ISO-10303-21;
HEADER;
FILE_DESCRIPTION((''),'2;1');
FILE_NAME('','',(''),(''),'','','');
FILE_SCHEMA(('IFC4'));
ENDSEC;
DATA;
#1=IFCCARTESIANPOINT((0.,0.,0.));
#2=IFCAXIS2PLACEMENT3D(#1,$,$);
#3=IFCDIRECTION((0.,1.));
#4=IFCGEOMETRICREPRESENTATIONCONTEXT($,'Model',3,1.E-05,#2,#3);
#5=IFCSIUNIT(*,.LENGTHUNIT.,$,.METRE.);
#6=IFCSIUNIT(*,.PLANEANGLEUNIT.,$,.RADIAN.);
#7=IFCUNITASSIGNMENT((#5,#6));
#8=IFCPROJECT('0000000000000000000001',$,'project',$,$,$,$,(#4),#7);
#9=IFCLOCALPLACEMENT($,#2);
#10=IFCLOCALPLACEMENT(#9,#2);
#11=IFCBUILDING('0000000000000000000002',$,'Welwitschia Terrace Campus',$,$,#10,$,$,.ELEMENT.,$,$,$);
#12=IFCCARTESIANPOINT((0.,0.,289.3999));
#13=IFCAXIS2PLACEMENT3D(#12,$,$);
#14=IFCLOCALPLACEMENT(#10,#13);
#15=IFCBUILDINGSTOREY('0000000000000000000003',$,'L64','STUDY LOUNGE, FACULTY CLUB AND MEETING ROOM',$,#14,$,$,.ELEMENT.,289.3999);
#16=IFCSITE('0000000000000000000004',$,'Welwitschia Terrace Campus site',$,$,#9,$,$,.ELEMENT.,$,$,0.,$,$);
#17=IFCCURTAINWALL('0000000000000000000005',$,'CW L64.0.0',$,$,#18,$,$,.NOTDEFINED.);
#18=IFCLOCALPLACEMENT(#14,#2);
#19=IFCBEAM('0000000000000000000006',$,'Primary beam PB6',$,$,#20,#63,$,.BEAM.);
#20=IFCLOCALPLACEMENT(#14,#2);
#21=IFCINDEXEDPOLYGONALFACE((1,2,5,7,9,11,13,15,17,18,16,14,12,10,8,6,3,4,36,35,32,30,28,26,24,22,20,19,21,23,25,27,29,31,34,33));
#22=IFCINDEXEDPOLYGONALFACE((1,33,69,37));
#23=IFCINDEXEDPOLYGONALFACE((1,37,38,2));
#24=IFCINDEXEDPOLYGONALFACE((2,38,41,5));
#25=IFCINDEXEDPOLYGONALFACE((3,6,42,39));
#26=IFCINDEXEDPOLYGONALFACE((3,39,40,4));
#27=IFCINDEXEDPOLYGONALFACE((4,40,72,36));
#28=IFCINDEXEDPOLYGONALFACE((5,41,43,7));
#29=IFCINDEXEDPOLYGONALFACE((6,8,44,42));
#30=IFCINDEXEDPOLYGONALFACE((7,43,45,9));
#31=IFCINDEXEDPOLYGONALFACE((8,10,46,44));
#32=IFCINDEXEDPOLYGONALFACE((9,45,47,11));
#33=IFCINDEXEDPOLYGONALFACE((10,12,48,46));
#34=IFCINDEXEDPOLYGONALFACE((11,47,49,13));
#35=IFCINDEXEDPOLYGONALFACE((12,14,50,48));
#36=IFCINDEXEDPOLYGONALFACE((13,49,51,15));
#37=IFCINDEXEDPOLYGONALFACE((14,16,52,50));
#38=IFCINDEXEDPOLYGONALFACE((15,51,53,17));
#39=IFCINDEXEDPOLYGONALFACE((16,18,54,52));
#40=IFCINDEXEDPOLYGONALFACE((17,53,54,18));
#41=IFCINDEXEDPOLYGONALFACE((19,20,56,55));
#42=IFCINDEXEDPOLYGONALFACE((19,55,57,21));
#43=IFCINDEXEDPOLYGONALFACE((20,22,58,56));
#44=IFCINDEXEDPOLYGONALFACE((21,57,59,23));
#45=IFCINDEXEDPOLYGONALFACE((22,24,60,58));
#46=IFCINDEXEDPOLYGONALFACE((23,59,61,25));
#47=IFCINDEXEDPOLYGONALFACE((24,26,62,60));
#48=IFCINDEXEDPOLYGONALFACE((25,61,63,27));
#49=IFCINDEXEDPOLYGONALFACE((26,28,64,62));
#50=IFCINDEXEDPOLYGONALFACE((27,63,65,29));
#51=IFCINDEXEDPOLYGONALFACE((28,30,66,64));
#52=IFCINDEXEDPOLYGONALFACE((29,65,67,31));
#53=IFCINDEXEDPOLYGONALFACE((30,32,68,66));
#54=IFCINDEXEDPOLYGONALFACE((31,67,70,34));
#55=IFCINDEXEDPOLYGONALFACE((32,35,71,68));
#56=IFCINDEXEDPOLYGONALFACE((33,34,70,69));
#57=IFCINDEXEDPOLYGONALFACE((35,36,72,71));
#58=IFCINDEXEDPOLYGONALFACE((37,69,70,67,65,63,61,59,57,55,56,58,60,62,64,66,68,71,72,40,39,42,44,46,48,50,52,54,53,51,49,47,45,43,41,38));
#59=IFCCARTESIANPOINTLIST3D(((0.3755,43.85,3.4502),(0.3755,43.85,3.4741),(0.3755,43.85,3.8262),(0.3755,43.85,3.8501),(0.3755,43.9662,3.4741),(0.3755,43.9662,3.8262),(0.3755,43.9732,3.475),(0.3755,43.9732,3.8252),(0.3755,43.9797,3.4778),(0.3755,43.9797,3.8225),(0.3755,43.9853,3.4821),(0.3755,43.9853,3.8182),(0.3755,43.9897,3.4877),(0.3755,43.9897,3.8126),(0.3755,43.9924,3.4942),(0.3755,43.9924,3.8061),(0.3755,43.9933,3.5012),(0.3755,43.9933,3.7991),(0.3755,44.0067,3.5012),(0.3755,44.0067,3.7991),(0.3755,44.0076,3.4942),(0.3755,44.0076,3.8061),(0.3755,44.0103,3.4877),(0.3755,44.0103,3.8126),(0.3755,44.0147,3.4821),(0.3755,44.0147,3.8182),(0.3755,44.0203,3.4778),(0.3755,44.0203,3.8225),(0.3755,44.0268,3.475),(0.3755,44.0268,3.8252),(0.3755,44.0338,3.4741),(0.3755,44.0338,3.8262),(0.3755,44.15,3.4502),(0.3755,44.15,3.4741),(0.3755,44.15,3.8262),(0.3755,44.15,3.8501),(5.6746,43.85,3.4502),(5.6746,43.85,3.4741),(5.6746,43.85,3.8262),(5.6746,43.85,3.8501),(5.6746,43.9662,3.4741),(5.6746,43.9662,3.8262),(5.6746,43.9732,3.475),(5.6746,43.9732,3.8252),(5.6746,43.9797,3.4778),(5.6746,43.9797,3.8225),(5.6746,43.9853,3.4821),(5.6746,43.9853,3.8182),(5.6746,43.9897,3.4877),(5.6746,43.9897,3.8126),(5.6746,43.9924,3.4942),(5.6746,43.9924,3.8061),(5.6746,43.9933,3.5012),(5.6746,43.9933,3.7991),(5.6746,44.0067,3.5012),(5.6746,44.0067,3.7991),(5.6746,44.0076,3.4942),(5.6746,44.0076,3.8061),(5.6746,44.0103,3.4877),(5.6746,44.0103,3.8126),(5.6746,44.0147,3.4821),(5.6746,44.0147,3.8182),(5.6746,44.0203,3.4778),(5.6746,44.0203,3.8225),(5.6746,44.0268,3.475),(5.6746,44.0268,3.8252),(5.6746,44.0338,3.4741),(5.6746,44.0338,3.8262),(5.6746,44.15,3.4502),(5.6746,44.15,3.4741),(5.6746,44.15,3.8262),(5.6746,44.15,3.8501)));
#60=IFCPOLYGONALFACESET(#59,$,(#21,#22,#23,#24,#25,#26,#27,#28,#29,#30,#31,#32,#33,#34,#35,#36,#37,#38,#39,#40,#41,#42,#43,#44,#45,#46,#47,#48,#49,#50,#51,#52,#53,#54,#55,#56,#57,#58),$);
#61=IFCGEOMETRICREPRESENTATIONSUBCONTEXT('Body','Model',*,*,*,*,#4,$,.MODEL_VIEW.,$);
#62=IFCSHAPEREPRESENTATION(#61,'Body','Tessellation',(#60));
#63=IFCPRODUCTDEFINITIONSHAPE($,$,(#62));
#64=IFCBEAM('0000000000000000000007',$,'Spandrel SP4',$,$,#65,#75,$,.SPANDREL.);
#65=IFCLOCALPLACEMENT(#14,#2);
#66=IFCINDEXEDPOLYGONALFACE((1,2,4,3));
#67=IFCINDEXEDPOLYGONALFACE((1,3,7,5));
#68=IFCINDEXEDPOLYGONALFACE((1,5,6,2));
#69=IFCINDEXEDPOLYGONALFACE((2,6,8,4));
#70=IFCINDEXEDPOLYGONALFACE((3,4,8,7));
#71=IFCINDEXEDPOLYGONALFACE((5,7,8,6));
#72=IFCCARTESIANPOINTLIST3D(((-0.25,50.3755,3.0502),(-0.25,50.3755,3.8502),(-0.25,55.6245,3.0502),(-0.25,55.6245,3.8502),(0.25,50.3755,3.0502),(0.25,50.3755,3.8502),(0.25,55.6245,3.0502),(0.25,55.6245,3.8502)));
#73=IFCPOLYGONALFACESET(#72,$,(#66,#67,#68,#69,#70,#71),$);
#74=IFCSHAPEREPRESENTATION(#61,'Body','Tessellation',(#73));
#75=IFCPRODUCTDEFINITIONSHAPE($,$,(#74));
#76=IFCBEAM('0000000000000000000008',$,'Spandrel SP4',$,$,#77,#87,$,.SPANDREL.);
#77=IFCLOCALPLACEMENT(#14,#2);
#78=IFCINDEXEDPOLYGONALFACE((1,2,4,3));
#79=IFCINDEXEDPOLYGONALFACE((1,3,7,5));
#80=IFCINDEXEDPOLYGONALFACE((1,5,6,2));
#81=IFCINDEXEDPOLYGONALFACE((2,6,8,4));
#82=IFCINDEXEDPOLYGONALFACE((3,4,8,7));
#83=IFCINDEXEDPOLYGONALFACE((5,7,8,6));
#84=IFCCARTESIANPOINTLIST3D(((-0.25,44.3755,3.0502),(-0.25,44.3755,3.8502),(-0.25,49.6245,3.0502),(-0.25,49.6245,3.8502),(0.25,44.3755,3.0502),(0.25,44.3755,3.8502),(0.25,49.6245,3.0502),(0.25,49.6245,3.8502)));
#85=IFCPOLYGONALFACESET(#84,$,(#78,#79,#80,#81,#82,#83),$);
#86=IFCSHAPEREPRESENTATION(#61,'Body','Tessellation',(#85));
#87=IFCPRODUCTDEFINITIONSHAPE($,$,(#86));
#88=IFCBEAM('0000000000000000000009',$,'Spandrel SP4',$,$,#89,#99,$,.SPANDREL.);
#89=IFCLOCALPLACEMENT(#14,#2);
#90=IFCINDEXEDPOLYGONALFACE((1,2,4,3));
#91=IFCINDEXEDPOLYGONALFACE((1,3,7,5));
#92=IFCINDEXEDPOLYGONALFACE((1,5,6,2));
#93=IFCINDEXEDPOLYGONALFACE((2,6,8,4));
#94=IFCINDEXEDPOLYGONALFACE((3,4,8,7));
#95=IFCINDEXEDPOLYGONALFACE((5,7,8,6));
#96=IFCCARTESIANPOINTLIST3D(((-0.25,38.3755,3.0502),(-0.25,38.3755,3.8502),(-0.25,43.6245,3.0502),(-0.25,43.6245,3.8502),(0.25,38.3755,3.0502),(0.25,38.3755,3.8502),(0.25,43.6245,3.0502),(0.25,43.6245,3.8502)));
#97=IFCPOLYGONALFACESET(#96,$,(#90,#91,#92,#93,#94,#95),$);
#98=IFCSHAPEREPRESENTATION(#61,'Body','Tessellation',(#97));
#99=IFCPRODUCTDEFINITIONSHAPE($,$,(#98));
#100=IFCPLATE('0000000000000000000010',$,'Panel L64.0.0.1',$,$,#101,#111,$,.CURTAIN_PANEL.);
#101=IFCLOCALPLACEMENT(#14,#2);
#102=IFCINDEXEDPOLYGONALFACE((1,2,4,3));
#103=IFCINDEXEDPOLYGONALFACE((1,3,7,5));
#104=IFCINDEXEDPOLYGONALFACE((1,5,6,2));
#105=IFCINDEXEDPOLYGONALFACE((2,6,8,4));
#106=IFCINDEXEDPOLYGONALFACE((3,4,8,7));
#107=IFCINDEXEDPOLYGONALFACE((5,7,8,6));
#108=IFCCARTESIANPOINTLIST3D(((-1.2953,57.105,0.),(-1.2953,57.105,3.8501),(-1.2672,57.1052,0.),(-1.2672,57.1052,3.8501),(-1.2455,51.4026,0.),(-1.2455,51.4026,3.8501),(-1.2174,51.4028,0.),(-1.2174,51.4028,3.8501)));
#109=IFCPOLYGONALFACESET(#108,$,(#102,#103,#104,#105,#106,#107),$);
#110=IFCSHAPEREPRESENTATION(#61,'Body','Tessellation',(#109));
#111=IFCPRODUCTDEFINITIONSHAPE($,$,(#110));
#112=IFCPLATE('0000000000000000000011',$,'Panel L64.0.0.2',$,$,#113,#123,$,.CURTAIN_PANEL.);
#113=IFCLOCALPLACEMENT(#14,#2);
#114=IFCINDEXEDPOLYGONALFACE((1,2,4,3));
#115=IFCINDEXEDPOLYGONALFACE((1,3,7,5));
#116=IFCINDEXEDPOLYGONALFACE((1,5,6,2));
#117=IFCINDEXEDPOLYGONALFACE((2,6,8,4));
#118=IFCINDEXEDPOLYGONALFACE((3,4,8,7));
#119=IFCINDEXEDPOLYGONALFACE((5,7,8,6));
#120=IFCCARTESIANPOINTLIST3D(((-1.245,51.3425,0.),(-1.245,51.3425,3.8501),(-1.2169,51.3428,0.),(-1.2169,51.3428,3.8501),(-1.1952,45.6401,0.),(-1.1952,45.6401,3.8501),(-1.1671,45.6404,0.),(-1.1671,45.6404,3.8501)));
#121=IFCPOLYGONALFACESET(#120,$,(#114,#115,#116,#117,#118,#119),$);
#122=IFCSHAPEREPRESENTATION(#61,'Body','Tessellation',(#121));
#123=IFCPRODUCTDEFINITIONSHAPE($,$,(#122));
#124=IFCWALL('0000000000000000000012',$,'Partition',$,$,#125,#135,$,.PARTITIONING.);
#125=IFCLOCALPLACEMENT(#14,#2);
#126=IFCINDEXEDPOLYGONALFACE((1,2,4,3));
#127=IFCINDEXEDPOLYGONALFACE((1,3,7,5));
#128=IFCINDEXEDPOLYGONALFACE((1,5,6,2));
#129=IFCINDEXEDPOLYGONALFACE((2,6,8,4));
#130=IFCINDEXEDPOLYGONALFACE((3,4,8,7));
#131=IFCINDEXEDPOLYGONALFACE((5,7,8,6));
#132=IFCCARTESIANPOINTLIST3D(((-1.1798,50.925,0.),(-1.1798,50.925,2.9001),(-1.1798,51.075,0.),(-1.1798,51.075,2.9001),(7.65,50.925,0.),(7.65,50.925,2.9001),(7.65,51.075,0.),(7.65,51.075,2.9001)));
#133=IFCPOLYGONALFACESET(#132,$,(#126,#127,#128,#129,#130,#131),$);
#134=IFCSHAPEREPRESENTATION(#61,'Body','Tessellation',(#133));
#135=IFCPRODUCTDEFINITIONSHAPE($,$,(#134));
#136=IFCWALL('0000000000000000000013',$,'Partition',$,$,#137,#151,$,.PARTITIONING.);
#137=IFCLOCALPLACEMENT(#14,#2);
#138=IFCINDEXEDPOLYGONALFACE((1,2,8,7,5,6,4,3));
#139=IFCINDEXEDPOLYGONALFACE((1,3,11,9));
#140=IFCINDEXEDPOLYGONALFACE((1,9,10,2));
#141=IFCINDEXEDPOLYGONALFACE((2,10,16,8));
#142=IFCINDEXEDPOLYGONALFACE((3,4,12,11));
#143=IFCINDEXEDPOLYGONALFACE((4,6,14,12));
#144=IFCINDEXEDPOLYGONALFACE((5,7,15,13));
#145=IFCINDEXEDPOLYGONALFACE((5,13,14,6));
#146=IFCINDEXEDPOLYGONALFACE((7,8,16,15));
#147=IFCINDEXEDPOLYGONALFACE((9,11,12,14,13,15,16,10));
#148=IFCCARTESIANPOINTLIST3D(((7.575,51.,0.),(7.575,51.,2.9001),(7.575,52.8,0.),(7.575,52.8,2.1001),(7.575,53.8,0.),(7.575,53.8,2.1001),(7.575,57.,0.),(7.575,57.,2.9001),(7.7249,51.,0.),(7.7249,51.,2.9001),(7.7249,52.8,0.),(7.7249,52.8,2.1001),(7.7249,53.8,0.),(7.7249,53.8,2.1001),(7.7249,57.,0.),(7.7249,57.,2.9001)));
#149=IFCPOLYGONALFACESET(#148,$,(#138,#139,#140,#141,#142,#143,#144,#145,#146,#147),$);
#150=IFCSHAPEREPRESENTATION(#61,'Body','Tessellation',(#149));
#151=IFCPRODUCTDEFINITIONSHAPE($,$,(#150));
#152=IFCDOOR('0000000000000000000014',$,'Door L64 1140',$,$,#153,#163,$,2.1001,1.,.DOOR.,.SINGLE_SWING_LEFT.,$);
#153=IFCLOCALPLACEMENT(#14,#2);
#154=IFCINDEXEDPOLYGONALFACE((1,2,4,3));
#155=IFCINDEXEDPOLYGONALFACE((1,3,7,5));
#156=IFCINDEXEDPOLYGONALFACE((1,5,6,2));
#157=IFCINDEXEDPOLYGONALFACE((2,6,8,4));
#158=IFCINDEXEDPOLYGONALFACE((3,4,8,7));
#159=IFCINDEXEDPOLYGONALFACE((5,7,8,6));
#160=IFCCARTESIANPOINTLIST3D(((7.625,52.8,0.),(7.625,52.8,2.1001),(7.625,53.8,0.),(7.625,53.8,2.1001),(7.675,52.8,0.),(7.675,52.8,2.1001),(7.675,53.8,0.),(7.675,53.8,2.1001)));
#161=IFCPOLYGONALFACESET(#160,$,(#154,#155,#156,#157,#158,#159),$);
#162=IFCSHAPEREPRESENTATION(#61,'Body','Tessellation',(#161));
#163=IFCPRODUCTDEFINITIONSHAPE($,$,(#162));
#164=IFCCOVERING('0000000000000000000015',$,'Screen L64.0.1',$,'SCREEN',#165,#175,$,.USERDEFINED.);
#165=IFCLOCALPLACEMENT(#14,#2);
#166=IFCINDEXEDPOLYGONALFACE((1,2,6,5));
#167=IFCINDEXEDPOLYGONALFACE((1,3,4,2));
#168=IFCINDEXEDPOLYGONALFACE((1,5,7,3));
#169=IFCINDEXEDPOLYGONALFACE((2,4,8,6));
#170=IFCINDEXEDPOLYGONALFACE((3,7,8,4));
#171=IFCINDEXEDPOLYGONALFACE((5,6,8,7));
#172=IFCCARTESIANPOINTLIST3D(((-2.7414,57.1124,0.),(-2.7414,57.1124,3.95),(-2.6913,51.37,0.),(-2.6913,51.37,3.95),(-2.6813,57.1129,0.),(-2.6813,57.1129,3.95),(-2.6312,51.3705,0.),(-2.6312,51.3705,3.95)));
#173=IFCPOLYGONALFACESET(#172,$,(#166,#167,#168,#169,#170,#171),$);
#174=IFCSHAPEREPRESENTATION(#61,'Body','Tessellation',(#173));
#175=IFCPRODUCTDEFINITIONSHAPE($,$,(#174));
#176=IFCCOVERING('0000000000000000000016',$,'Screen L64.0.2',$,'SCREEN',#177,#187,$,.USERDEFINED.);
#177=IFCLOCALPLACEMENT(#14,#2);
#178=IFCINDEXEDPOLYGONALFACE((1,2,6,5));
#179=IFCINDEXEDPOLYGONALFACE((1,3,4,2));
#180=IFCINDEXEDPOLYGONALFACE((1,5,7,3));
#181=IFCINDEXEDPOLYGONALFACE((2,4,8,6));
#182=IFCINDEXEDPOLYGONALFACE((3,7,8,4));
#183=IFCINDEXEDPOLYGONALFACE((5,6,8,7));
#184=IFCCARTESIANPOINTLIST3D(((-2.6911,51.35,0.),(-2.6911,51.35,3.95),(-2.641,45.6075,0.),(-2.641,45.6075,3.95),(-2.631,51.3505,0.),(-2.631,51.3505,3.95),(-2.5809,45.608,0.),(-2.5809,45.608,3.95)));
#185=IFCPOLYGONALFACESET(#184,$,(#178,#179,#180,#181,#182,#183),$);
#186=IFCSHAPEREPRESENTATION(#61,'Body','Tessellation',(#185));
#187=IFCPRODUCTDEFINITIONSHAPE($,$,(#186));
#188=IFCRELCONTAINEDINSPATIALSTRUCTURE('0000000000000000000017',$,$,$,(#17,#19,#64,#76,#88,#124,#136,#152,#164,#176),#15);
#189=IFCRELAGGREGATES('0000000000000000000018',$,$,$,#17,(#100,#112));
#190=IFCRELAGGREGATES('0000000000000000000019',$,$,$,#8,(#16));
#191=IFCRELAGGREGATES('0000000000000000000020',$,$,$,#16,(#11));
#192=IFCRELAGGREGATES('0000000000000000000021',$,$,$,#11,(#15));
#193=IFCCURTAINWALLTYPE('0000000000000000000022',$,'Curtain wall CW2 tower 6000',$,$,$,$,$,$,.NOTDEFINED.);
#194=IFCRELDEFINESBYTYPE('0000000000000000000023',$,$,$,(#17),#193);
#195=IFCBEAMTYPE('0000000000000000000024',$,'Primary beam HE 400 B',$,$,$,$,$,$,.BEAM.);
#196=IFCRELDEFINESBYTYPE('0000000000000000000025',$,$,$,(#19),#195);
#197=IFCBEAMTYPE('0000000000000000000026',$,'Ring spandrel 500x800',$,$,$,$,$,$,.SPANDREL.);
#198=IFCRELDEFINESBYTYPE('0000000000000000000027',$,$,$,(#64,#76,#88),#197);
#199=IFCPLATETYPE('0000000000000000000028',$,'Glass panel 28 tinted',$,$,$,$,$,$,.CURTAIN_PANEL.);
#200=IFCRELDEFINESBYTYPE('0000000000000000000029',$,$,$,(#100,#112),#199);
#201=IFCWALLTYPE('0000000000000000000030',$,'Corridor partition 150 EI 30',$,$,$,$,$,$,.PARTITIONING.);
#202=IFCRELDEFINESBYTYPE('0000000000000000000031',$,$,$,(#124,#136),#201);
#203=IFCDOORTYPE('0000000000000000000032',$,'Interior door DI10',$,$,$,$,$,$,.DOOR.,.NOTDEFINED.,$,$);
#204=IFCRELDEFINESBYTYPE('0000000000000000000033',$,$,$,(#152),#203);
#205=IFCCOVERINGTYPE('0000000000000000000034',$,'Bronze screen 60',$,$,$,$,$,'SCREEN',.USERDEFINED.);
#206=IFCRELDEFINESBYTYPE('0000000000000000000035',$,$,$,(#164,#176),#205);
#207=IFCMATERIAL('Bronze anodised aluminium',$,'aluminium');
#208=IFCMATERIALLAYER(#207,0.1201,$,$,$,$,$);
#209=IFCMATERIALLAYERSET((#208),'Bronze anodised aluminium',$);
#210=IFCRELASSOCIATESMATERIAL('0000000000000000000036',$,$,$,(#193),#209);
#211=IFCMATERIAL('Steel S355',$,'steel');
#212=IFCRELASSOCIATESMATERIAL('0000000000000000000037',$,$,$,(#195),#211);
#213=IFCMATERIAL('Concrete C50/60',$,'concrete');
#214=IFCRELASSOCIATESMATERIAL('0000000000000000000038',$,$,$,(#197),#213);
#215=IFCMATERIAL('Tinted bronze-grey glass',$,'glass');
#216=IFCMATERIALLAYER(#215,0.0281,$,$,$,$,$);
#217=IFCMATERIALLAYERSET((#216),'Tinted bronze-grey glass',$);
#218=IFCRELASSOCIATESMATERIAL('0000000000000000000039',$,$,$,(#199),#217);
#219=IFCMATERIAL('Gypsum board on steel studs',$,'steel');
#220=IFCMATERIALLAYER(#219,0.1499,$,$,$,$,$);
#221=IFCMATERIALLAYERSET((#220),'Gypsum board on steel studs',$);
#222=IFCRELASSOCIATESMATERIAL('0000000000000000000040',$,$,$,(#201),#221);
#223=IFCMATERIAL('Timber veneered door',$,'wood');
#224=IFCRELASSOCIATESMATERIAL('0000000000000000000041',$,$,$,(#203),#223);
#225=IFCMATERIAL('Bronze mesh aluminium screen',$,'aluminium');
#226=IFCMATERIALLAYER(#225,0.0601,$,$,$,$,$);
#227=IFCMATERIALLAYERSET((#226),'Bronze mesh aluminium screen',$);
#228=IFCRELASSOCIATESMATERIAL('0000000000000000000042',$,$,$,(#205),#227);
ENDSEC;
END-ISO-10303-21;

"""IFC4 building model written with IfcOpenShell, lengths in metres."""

from ifc_helpers import new_model, si_unit, direction, frame, frame_2d, origin, origin_2d, place, context, subcontext, project, spatial, rectangle, i_section, extrude, material, layer, layer_set, material_profile, profile_set, type_object, element, fill, aggregate, save


model = new_model("IFC4")

# Units and contexts
model_context = context("Model", 3, precision=1e-05, world=origin(), true_north=direction((0.0, 1.0)))
body_context = subcontext(model_context, "Body", "Model", "MODEL_VIEW")
ifc_project = project(units=[si_unit("LENGTHUNIT", "METRE"), si_unit("PLANEANGLEUNIT", "RADIAN")], contexts=[model_context])

# Site, building, storey
site_placement = place(None, origin())
site = spatial("IfcSite", under=ifc_project, at=site_placement, Name="Welwitschia Terrace Campus site", CompositionType="ELEMENT", RefElevation=0.0)
building_placement = place(site_placement, origin())
building = spatial("IfcBuilding", under=site, at=building_placement, Name="Welwitschia Terrace Campus", CompositionType="ELEMENT")
storey_placement = place(building_placement, frame((0.0, 0.0, 289.3999)))
storey = spatial("IfcBuildingStorey", under=building, at=storey_placement, Name="L64", Description="STUDY LOUNGE, FACULTY CLUB AND MEETING ROOM", CompositionType="ELEMENT", Elevation=289.3999)

# Curtain wall
ifc_material_1 = material(Name="Bronze anodised aluminium", Category="aluminium")
ifc_layer_1 = layer(ifc_material_1, 0.1201)
ifc_layer_set_1 = layer_set([ifc_layer_1], Name="Bronze anodised aluminium")
curtain_wall_type = type_object("IfcCurtainWallType", Name="Curtain wall CW2 tower 6000", PredefinedType="NOTDEFINED", material=ifc_layer_set_1)
curtain_wall_placement = place(storey_placement, origin())
curtain_wall = element("IfcCurtainWall", 1, at=curtain_wall_placement, inside=storey, type_object=curtain_wall_type, Name="CW L64.0.0", PredefinedType="NOTDEFINED")

# Beams
ifc_material_2 = material(Name="Steel S355", Category="steel")
ifc_material_profile_1 = material_profile(ifc_material_2, i_section(OverallWidth=0.3, OverallDepth=0.3999, WebThickness=0.0134, FlangeThickness=0.0239, FilletRadius=0.0271, at=origin_2d()))
ifc_profile_set_1 = profile_set([ifc_material_profile_1], Name="Steel S355")
beam_type_1 = type_object("IfcBeamType", Name="Primary beam HE 400 B", PredefinedType="BEAM", material=ifc_profile_set_1)
for number, where, z_axis, x_axis, name in (
    (2, (0.3755, 44.0, 3.6501), (1.0, 0.0, 0.0), (0.0, 1.0, 0.0), "Primary beam PB6"),
):
    element("IfcBeam", number, at=place(storey_placement, frame(where, z_axis=z_axis, x_axis=x_axis)), inside=storey, type_object=beam_type_1, Name=name, PredefinedType="BEAM", context=body_context, shape_type="SweptSolid", body=[
        extrude(i_section(OverallWidth=0.3, OverallDepth=0.3999, WebThickness=0.0134, FlangeThickness=0.0239, FilletRadius=0.0271, at=origin_2d()), origin(), (0.0, 0.0, 1.0), 5.2991),
    ])
ifc_material_3 = material(Name="Concrete C50/60", Category="concrete")
ifc_material_profile_2 = material_profile(ifc_material_3, rectangle(XDim=0.5, YDim=0.8, at=origin_2d()))
ifc_profile_set_2 = profile_set([ifc_material_profile_2], Name="Concrete C50/60")
beam_type_2 = type_object("IfcBeamType", Name="Ring spandrel 500x800", PredefinedType="SPANDREL", material=ifc_profile_set_2)
for number, where, z_axis, x_axis, name in (
    (3, (0.0, 55.6245, 3.4502), (0.0, -1.0, 0.0), (1.0, 0.0, 0.0), "Spandrel SP4"),
    (4, (0.0, 49.6245, 3.4502), (0.0, -1.0, 0.0), (1.0, 0.0, 0.0), "Spandrel SP4"),
    (5, (0.0, 43.6245, 3.4502), (0.0, -1.0, 0.0), (1.0, 0.0, 0.0), "Spandrel SP4"),
):
    element("IfcBeam", number, at=place(storey_placement, frame(where, z_axis=z_axis, x_axis=x_axis)), inside=storey, type_object=beam_type_2, Name=name, PredefinedType="SPANDREL", context=body_context, shape_type="SweptSolid", body=[
        extrude(rectangle(XDim=0.5, YDim=0.8, at=origin_2d()), origin(), (0.0, 0.0, 1.0), 5.249),
    ])

# Plates
ifc_material_4 = material(Name="Tinted bronze-grey glass", Category="glass")
ifc_layer_2 = layer(ifc_material_4, 0.0281)
ifc_layer_set_2 = layer_set([ifc_layer_2], Name="Tinted bronze-grey glass")
plate_type = type_object("IfcPlateType", Name="Glass panel 28 tinted", PredefinedType="CURTAIN_PANEL", material=ifc_layer_set_2)
plate_1_placement = place(storey_placement, frame((-1.2563, 54.2539, 0.0), z_axis=(0.0, 0.0, 1.0), x_axis=(0.008727, -0.999962, 0.0)))
plate_1 = element("IfcPlate", 6, at=plate_1_placement, type_object=plate_type, Name="Panel L64.0.0.1", PredefinedType="CURTAIN_PANEL", context=body_context, shape_type="SweptSolid", body=[
    extrude(rectangle(XDim=5.7026, YDim=0.0281, at=origin_2d()), origin(), (0.0, 0.0, 1.0), 3.8501),
])
plate_2_placement = place(storey_placement, frame((-1.2061, 48.4915, 0.0), z_axis=(0.0, 0.0, 1.0), x_axis=(0.008727, -0.999962, 0.0)))
plate_2 = element("IfcPlate", 7, at=plate_2_placement, type_object=plate_type, Name="Panel L64.0.0.2", PredefinedType="CURTAIN_PANEL", context=body_context, shape_type="SweptSolid", body=[
    extrude(rectangle(XDim=5.7026, YDim=0.0281, at=origin_2d()), origin(), (0.0, 0.0, 1.0), 3.8501),
])
aggregate(curtain_wall, [plate_1, plate_2])

# Wall
ifc_material_5 = material(Name="Gypsum board on steel studs", Category="steel")
ifc_layer_3 = layer(ifc_material_5, 0.1499)
ifc_layer_set_3 = layer_set([ifc_layer_3], Name="Gypsum board on steel studs")
wall_type = type_object("IfcWallType", Name="Corridor partition 150 EI 30", PredefinedType="PARTITIONING", material=ifc_layer_set_3)
wall_1_placement = place(storey_placement, frame((-1.1799, 51.0, 0.0), z_axis=(0.0, 0.0, 1.0), x_axis=(1.0, 0.0, 0.0)))
element("IfcWall", 8, at=wall_1_placement, inside=storey, type_object=wall_type, Name="Partition", PredefinedType="PARTITIONING", context=body_context, shape_type="SweptSolid", body=[
    extrude(rectangle(XDim=8.8298, YDim=0.1499, at=frame_2d((4.415, 0.0))), origin(), (0.0, 0.0, 1.0), 2.9001),
])

# Wall, opening, door
wall_2_placement = place(storey_placement, frame((7.6499, 51.0, 0.0), z_axis=(0.0, 0.0, 1.0), x_axis=(0.0, 1.0, 0.0)))
wall_2 = element("IfcWall", 9, at=wall_2_placement, inside=storey, type_object=wall_type, Name="Partition", PredefinedType="PARTITIONING", context=body_context, shape_type="SweptSolid", body=[
    extrude(rectangle(XDim=6.0, YDim=0.1499, at=frame_2d((3.0, 0.0))), origin(), (0.0, 0.0, 1.0), 2.9001),
])
opening_placement = place(wall_2_placement, frame((1.8, 0.0, 0.0)))
opening = element("IfcOpeningElement", 10, at=opening_placement, cuts=wall_2, PredefinedType="OPENING", context=body_context, shape_type="SweptSolid", body=[
    extrude(rectangle(XDim=1.0, YDim=2.1001, at=frame_2d((0.5, 1.05))), frame((0.0, 0.085, 0.0), z_axis=(0.0, -1.0, 0.0), x_axis=(1.0, 0.0, 0.0)), (0.0, 0.0, 1.0), 0.1699),
])
ifc_material_6 = material(Name="Timber veneered door", Category="wood")
door_type = type_object("IfcDoorType", Name="Interior door DI10", OperationType="NOTDEFINED", PredefinedType="DOOR", material=ifc_material_6)
door_placement = place(opening_placement, origin())
door = element("IfcDoor", 11, at=door_placement, inside=storey, type_object=door_type, Name="Door L64 1140", OperationType="SINGLE_SWING_LEFT", OverallHeight=2.1001, OverallWidth=1.0, PredefinedType="DOOR", context=body_context, shape_type="SweptSolid", body=[
    extrude(rectangle(XDim=1.0, YDim=2.1001, at=frame_2d((0.5, 1.05))), frame((0.0, 0.0249, 0.0), z_axis=(0.0, -1.0, 0.0), x_axis=(1.0, 0.0, 0.0)), (0.0, 0.0, 1.0), 0.05),
])
fill(opening, door)

# Coverings
ifc_material_7 = material(Name="Bronze mesh aluminium screen", Category="aluminium")
ifc_layer_4 = layer(ifc_material_7, 0.0601)
ifc_layer_set_4 = layer_set([ifc_layer_4], Name="Bronze mesh aluminium screen")
covering_type = type_object("IfcCoveringType", Name="Bronze screen 60", ElementType="SCREEN", PredefinedType="USERDEFINED", material=ifc_layer_set_4)
for number, where, z_axis, x_axis, name in (
    (12, (-2.6863, 54.2415, 0.0), (0.0, 0.0, 1.0), (0.008727, -0.999962, 0.0), "Screen L64.0.1"),
    (13, (-2.636, 48.479, 0.0), (0.0, 0.0, 1.0), (0.008727, -0.999962, 0.0), "Screen L64.0.2"),
):
    element("IfcCovering", number, at=place(storey_placement, frame(where, z_axis=z_axis, x_axis=x_axis)), inside=storey, type_object=covering_type, Name=name, ObjectType="SCREEN", PredefinedType="USERDEFINED", context=body_context, shape_type="SweptSolid", body=[
        extrude(rectangle(XDim=5.7427, YDim=0.0601, at=origin_2d()), origin(), (0.0, 0.0, 1.0), 3.95),
    ])

save(model, "model.ifc")
